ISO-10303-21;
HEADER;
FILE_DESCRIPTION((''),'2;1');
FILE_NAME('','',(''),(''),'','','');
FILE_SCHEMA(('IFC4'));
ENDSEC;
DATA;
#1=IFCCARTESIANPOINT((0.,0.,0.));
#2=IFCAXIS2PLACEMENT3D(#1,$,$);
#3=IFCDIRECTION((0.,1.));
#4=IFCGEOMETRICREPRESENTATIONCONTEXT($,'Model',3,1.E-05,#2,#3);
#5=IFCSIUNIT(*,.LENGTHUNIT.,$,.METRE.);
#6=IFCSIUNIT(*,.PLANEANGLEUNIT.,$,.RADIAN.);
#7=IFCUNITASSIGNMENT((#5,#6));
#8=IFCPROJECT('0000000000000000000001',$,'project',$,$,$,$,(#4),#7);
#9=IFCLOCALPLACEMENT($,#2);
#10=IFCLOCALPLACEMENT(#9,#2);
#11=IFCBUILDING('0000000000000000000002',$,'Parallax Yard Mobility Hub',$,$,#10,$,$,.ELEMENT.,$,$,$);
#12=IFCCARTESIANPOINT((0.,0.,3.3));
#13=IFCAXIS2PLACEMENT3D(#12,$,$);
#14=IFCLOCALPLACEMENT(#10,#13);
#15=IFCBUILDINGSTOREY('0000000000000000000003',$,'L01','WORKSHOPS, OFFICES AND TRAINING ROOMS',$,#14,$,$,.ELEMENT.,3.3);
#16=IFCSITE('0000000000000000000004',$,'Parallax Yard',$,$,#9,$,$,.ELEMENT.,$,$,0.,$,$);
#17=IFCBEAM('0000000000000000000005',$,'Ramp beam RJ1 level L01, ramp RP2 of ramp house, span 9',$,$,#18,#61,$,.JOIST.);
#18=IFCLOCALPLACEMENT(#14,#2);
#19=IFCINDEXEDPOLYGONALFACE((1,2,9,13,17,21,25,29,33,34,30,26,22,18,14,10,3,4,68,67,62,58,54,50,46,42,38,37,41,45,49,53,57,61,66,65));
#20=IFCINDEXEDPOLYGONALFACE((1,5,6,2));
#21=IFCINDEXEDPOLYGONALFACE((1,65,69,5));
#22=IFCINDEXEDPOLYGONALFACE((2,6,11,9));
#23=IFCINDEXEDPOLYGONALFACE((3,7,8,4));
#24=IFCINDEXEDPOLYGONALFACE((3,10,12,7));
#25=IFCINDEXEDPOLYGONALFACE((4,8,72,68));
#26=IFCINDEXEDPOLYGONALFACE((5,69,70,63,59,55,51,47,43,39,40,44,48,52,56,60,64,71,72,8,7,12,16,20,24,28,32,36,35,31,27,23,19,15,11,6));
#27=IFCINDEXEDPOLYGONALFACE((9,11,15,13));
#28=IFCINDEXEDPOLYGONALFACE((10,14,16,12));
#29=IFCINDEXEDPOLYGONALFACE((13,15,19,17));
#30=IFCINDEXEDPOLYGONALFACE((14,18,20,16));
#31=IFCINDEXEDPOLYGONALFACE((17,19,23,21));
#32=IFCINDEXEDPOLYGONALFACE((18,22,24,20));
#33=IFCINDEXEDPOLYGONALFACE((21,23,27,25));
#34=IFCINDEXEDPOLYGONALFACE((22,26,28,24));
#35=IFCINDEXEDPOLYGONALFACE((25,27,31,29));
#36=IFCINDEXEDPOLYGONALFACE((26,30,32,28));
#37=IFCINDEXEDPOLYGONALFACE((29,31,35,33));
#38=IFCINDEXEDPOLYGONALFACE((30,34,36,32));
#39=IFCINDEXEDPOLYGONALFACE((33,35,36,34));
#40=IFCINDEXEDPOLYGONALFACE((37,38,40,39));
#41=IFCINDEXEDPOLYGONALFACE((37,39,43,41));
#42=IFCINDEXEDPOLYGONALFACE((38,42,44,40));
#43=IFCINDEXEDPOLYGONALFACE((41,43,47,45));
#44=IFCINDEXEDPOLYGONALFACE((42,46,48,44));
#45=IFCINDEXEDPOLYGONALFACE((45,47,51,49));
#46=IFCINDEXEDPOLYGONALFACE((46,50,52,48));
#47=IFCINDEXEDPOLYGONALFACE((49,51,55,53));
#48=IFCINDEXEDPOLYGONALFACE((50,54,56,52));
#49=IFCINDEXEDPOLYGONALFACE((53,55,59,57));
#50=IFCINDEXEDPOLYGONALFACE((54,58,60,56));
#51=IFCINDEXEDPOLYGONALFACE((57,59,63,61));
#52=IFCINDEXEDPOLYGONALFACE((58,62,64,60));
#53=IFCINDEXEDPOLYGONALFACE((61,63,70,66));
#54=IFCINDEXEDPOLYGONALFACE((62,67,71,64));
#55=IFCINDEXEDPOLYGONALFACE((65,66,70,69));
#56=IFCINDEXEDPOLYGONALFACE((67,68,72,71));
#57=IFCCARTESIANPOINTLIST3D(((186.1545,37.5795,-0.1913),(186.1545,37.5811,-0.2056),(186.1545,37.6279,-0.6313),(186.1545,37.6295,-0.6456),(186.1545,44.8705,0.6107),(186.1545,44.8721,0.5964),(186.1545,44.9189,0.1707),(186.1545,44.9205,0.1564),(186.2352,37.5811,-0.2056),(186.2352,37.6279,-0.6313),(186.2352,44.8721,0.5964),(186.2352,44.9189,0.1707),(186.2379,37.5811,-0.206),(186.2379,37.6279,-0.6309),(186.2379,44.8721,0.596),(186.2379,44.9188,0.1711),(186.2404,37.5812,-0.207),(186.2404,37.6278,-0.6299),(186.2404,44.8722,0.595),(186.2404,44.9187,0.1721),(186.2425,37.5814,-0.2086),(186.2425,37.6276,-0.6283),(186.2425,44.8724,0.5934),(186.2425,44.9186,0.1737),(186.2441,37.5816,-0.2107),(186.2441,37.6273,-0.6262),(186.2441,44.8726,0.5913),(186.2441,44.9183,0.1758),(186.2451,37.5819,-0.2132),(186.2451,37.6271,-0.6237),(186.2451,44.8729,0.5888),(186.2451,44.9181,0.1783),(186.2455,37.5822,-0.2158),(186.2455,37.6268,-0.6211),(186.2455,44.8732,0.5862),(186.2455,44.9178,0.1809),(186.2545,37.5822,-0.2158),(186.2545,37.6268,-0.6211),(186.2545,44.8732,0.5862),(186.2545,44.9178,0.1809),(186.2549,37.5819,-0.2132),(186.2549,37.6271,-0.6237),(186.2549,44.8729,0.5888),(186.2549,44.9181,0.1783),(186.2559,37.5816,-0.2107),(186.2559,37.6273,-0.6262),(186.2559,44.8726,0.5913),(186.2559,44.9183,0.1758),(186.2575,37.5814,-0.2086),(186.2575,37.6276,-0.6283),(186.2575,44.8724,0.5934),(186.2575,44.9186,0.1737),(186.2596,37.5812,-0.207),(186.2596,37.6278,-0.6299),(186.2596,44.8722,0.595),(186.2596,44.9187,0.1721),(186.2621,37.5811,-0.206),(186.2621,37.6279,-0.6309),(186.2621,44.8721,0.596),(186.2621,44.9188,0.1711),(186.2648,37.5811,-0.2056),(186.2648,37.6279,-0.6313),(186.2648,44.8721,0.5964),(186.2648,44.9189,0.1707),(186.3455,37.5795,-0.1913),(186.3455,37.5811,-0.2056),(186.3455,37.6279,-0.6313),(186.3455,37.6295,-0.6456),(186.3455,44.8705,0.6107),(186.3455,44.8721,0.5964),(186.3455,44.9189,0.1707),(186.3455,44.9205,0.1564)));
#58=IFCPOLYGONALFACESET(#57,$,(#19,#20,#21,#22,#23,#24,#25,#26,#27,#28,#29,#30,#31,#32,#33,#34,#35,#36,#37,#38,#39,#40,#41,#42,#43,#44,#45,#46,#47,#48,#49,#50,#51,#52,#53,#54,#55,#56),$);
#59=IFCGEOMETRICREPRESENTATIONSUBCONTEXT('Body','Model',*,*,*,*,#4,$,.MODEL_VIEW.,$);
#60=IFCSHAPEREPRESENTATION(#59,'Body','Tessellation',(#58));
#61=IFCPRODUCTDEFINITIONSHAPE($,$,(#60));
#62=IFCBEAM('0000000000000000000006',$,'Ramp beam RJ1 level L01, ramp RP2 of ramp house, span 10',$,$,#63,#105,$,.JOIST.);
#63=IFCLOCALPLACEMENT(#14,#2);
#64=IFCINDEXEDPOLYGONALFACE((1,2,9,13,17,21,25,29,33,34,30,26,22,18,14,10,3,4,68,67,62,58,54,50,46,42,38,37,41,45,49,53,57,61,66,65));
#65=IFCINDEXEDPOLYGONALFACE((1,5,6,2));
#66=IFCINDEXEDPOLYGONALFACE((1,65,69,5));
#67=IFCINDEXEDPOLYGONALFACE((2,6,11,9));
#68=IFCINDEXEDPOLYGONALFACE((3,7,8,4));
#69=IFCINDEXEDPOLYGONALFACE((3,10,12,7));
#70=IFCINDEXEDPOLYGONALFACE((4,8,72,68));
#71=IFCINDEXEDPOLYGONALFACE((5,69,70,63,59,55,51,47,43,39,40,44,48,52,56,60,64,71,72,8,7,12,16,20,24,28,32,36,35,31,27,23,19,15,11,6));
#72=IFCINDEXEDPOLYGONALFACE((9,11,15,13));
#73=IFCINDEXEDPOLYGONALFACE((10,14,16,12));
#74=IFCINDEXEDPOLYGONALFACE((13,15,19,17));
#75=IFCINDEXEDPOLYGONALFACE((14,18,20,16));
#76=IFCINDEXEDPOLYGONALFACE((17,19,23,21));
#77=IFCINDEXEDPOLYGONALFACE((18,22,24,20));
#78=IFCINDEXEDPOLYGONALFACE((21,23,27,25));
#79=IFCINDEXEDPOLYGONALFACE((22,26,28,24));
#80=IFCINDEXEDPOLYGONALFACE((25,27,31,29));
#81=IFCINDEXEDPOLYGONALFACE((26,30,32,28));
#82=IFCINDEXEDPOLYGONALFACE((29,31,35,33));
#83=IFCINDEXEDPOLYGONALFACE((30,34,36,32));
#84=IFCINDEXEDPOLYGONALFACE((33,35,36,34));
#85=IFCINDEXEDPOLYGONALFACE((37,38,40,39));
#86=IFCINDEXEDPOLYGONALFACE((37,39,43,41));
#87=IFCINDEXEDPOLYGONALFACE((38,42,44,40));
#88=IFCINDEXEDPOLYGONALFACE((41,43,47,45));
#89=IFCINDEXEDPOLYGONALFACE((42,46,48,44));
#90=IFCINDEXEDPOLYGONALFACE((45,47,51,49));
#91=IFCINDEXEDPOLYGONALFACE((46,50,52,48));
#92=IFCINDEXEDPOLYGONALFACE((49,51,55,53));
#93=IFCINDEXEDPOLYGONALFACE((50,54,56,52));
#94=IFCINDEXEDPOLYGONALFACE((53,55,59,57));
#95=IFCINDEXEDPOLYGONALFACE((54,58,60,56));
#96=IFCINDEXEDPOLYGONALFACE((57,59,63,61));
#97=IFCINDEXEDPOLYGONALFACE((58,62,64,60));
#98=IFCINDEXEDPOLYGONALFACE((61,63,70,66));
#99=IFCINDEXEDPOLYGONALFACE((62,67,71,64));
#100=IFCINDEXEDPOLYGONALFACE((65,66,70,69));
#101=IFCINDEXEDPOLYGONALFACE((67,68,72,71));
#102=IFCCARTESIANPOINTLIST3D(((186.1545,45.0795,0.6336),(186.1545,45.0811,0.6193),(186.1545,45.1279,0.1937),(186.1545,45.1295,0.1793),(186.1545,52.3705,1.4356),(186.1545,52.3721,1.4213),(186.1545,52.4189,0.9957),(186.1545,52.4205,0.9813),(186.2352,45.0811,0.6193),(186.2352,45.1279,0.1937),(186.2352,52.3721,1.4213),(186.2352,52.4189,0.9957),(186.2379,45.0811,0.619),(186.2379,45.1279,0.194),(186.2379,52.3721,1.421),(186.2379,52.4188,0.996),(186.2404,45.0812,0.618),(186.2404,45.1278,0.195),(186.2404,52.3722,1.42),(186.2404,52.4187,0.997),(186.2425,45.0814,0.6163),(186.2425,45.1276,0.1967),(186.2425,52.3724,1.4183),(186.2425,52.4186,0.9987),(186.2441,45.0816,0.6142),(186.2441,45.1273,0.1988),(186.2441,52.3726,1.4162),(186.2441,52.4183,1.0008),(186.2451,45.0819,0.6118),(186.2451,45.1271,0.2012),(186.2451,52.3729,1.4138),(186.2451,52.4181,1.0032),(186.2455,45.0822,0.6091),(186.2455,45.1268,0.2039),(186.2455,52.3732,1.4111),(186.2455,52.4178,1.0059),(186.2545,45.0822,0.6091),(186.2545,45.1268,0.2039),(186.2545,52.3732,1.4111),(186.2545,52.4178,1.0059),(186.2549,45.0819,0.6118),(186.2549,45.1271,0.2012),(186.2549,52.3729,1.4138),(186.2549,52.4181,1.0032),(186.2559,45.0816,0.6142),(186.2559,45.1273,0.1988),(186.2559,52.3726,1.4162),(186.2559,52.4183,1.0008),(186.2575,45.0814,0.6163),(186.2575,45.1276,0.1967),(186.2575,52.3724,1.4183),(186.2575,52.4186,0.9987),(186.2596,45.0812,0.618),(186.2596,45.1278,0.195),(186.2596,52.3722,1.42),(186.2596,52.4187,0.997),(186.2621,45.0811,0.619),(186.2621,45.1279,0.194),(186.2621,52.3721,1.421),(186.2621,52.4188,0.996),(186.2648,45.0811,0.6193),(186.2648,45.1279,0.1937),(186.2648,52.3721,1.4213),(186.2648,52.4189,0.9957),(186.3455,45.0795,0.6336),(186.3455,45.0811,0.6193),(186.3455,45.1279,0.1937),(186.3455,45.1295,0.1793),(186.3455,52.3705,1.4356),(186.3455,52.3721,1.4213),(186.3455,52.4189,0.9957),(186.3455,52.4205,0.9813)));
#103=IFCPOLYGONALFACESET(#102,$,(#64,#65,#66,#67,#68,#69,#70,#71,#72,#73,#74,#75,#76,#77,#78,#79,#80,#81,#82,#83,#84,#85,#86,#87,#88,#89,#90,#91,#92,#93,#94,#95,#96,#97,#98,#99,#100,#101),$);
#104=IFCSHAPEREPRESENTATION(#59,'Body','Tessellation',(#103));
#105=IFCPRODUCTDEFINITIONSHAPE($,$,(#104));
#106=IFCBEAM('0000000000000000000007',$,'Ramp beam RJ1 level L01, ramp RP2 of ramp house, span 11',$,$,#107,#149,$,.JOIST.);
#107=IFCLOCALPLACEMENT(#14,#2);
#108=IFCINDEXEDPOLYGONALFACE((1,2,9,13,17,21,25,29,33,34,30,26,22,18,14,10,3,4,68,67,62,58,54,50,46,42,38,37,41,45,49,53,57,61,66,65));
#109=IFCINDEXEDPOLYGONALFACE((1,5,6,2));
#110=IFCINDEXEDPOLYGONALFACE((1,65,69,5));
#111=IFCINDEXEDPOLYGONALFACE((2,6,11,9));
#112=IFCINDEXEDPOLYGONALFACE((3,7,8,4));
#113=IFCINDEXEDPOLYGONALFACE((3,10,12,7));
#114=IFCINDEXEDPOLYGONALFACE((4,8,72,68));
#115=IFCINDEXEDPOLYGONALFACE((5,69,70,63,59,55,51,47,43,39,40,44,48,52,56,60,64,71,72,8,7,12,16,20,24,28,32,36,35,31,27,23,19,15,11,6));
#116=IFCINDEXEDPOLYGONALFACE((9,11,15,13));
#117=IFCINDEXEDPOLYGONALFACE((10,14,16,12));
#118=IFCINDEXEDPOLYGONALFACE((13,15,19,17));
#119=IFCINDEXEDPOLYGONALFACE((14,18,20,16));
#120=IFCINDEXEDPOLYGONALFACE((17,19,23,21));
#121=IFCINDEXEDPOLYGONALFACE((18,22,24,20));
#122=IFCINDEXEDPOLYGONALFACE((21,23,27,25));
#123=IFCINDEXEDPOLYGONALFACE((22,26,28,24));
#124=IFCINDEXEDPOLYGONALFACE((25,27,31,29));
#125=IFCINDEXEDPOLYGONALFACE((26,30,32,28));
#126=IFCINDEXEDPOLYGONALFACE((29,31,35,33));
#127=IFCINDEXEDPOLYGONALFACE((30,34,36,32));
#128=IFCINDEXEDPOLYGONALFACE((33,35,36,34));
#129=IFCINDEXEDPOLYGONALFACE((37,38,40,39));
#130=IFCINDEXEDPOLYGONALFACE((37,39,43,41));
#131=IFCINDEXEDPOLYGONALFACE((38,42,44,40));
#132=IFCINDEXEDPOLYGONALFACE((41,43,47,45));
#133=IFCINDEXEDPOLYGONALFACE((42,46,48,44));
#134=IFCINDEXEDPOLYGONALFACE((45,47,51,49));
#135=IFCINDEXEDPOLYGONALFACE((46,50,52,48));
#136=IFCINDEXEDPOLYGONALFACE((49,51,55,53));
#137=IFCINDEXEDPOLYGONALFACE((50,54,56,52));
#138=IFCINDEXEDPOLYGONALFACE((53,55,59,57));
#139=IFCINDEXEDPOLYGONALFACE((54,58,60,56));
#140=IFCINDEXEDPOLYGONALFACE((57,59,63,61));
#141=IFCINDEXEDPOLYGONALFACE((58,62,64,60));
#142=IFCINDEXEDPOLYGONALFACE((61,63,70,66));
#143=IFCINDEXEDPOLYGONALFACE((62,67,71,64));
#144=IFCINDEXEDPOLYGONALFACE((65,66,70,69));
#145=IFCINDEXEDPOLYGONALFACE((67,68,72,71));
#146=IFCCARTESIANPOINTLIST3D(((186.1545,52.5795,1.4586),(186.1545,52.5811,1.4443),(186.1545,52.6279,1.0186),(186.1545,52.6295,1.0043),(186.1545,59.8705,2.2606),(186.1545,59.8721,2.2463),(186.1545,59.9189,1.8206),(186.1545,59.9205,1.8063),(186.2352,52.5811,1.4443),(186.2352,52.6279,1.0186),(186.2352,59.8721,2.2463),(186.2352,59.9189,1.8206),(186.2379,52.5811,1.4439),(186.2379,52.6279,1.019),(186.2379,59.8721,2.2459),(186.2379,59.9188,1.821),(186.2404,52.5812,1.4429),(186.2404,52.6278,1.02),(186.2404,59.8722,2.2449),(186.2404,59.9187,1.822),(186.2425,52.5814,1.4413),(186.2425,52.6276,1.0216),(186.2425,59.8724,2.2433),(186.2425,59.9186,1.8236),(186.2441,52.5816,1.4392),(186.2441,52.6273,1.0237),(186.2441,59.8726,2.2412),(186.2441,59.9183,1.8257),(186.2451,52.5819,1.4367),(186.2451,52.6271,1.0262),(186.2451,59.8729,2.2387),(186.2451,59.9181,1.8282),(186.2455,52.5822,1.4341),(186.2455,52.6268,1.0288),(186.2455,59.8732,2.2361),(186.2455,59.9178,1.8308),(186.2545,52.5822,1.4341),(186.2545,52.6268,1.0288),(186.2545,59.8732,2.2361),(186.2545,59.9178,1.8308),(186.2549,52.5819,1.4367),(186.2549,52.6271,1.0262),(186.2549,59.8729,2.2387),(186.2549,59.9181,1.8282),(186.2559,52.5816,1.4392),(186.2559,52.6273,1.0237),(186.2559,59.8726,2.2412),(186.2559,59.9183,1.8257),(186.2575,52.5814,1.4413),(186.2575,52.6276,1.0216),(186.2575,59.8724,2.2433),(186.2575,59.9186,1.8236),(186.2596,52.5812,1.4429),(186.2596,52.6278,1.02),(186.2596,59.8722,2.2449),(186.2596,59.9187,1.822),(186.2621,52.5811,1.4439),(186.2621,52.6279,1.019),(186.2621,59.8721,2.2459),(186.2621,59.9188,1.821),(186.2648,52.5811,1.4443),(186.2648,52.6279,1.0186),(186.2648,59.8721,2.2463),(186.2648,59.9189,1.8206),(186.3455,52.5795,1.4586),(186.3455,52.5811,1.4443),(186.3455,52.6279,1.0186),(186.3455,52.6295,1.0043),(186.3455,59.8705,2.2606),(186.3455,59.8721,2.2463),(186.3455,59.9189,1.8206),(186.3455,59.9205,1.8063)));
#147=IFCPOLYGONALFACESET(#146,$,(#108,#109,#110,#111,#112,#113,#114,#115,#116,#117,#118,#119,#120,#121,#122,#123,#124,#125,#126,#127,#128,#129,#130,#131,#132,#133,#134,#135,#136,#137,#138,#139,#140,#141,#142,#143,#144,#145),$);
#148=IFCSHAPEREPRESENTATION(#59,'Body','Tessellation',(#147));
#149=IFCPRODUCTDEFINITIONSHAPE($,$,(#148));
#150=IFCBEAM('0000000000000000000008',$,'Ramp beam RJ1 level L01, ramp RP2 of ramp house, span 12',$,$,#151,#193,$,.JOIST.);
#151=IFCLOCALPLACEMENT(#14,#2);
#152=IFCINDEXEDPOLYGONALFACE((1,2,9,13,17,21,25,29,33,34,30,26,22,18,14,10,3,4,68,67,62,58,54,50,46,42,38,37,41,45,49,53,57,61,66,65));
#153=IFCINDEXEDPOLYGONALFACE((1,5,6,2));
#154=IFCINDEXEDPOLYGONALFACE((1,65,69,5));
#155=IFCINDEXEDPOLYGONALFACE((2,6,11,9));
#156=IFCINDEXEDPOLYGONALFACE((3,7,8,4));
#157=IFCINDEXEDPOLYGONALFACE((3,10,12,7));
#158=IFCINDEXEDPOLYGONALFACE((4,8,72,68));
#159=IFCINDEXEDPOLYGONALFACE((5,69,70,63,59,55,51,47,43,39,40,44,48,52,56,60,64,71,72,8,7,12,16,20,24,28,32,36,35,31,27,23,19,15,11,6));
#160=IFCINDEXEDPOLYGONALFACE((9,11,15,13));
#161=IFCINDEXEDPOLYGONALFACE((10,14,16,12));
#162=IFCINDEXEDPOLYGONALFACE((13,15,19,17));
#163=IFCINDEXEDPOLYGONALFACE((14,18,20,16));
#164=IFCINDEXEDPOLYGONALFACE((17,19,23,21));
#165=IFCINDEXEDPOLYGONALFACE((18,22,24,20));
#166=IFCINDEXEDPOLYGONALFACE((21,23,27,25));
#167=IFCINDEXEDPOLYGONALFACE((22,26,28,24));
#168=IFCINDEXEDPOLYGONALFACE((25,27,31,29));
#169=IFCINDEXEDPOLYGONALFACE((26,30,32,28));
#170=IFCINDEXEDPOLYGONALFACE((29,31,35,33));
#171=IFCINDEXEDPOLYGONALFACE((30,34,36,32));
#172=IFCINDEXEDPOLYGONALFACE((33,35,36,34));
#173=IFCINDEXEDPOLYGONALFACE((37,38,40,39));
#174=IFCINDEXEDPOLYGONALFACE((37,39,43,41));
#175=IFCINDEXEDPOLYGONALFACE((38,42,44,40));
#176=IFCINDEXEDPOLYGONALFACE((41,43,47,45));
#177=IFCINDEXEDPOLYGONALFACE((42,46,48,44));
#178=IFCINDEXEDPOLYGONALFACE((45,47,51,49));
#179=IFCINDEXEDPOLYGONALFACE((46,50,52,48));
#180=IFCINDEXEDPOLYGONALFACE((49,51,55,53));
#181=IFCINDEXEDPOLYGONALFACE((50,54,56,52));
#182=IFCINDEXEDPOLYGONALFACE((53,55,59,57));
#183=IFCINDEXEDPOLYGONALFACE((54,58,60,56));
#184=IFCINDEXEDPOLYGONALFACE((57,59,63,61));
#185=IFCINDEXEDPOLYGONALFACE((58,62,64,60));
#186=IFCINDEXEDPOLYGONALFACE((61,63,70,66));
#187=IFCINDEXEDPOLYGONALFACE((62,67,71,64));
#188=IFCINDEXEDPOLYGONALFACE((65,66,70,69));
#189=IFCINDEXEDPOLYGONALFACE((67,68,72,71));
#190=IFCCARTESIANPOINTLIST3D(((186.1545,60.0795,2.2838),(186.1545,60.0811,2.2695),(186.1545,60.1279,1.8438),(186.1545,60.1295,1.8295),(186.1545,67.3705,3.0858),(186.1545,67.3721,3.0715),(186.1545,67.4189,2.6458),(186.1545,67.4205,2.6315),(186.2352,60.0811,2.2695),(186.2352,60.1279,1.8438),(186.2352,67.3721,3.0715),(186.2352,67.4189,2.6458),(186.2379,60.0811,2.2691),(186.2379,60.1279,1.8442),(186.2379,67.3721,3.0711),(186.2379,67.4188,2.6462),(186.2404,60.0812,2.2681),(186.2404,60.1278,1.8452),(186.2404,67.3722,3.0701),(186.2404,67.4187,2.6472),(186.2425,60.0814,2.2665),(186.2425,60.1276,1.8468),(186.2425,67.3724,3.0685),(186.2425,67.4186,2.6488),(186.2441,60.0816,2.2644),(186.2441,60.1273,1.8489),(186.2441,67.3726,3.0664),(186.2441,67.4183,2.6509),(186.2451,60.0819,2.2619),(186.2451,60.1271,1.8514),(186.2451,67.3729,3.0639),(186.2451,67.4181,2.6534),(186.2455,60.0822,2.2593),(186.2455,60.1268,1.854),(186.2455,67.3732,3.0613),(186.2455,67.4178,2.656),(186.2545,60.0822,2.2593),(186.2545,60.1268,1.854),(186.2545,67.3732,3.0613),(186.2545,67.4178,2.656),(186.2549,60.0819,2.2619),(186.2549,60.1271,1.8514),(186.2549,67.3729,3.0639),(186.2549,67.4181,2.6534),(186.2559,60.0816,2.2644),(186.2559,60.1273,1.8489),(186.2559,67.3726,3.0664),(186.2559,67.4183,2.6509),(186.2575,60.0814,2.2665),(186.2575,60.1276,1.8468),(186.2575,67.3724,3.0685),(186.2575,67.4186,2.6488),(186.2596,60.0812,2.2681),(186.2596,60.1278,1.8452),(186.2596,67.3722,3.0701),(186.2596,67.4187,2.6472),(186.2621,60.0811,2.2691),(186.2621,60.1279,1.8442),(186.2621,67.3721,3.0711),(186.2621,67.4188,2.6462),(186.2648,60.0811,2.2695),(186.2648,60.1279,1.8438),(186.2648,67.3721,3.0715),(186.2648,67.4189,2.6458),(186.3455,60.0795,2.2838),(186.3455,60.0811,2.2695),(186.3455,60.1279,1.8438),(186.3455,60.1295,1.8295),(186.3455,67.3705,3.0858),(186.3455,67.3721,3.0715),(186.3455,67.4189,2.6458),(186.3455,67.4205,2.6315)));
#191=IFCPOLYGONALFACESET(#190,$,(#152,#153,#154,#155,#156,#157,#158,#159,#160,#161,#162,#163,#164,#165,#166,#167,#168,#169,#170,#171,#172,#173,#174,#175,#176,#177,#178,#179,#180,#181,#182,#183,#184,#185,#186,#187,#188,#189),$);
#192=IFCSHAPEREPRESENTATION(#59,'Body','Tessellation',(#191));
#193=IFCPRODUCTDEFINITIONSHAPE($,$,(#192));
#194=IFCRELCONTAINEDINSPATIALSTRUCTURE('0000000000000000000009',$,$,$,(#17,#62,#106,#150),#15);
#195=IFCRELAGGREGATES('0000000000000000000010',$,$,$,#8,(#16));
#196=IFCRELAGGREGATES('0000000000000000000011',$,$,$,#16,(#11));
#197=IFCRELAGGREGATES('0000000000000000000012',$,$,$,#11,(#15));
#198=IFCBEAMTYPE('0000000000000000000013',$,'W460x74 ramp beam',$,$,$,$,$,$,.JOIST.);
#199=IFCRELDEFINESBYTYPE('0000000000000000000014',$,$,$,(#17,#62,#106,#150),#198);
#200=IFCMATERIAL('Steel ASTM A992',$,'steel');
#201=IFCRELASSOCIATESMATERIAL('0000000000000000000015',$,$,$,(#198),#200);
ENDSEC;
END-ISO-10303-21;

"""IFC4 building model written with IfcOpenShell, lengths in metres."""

from ifc_helpers import new_model, si_unit, direction, frame, origin, origin_2d, place, context, subcontext, project, spatial, i_section, extrude, material, material_profile, profile_set, type_object, element, save


model = new_model("IFC4")

# Units and contexts
model_context = context("Model", 3, precision=1e-05, world=origin(), true_north=direction((0.0, 1.0)))
body_context = subcontext(model_context, "Body", "Model", "MODEL_VIEW")
ifc_project = project(units=[si_unit("LENGTHUNIT", "METRE"), si_unit("PLANEANGLEUNIT", "RADIAN")], contexts=[model_context])

# Site, building, storey
site_placement = place(None, origin())
site = spatial("IfcSite", under=ifc_project, at=site_placement, Name="Parallax Yard", CompositionType="ELEMENT", RefElevation=0.0)
building_placement = place(site_placement, origin())
building = spatial("IfcBuilding", under=site, at=building_placement, Name="Parallax Yard Mobility Hub", CompositionType="ELEMENT")
storey_placement = place(building_placement, frame((0.0, 0.0, 3.3)))
storey = spatial("IfcBuildingStorey", under=building, at=storey_placement, Name="L01", Description="WORKSHOPS, OFFICES AND TRAINING ROOMS", CompositionType="ELEMENT", Elevation=3.3)

# Shared definitions
ifc_material_1 = material(Name="Steel ASTM A992", Category="steel")

# Beams
ifc_material_profile_1 = material_profile(ifc_material_1, i_section(OverallWidth=0.1909, OverallDepth=0.457, WebThickness=0.009, FlangeThickness=0.0144, FilletRadius=0.0103, at=origin_2d()), Name="W460x74")
ifc_profile_set_1 = profile_set([ifc_material_profile_1], Name="Steel ASTM A992")
beam_type_1 = type_object("IfcBeamType", Name="W460x74 ramp beam", PredefinedType="JOIST", material=ifc_profile_set_1)
for number, where, z_axis, x_axis, name in (
    (1, (186.25, 37.6045, -0.4185), (0.0, 0.994005, 0.109339), (-1.0, 0.0, 0.0), "Ramp beam RJ1 level L01, ramp RP2 of ramp house, span 9"),
    (2, (186.25, 45.1045, 0.4065), (0.0, 0.994005, 0.109339), (-1.0, 0.0, 0.0), "Ramp beam RJ1 level L01, ramp RP2 of ramp house, span 10"),
    (3, (186.25, 52.6045, 1.2314), (0.0, 0.994005, 0.109339), (-1.0, 0.0, 0.0), "Ramp beam RJ1 level L01, ramp RP2 of ramp house, span 11"),
    (4, (186.25, 60.1045, 2.0566), (0.0, 0.994005, 0.109339), (-1.0, 0.0, 0.0), "Ramp beam RJ1 level L01, ramp RP2 of ramp house, span 12"),
):
    element("IfcBeam", number, at=place(storey_placement, frame(where, z_axis=z_axis, x_axis=x_axis)), inside=storey, type_object=beam_type_1, Name=name, PredefinedType="JOIST", context=body_context, shape_type="SweptSolid", body=[
        extrude(i_section(OverallWidth=0.1909, OverallDepth=0.457, WebThickness=0.009, FlangeThickness=0.0144, FilletRadius=0.0103, at=origin_2d()), origin(), (0.0, 0.0, 1.0), 7.335),
    ])

save(model, "model.ifc")
